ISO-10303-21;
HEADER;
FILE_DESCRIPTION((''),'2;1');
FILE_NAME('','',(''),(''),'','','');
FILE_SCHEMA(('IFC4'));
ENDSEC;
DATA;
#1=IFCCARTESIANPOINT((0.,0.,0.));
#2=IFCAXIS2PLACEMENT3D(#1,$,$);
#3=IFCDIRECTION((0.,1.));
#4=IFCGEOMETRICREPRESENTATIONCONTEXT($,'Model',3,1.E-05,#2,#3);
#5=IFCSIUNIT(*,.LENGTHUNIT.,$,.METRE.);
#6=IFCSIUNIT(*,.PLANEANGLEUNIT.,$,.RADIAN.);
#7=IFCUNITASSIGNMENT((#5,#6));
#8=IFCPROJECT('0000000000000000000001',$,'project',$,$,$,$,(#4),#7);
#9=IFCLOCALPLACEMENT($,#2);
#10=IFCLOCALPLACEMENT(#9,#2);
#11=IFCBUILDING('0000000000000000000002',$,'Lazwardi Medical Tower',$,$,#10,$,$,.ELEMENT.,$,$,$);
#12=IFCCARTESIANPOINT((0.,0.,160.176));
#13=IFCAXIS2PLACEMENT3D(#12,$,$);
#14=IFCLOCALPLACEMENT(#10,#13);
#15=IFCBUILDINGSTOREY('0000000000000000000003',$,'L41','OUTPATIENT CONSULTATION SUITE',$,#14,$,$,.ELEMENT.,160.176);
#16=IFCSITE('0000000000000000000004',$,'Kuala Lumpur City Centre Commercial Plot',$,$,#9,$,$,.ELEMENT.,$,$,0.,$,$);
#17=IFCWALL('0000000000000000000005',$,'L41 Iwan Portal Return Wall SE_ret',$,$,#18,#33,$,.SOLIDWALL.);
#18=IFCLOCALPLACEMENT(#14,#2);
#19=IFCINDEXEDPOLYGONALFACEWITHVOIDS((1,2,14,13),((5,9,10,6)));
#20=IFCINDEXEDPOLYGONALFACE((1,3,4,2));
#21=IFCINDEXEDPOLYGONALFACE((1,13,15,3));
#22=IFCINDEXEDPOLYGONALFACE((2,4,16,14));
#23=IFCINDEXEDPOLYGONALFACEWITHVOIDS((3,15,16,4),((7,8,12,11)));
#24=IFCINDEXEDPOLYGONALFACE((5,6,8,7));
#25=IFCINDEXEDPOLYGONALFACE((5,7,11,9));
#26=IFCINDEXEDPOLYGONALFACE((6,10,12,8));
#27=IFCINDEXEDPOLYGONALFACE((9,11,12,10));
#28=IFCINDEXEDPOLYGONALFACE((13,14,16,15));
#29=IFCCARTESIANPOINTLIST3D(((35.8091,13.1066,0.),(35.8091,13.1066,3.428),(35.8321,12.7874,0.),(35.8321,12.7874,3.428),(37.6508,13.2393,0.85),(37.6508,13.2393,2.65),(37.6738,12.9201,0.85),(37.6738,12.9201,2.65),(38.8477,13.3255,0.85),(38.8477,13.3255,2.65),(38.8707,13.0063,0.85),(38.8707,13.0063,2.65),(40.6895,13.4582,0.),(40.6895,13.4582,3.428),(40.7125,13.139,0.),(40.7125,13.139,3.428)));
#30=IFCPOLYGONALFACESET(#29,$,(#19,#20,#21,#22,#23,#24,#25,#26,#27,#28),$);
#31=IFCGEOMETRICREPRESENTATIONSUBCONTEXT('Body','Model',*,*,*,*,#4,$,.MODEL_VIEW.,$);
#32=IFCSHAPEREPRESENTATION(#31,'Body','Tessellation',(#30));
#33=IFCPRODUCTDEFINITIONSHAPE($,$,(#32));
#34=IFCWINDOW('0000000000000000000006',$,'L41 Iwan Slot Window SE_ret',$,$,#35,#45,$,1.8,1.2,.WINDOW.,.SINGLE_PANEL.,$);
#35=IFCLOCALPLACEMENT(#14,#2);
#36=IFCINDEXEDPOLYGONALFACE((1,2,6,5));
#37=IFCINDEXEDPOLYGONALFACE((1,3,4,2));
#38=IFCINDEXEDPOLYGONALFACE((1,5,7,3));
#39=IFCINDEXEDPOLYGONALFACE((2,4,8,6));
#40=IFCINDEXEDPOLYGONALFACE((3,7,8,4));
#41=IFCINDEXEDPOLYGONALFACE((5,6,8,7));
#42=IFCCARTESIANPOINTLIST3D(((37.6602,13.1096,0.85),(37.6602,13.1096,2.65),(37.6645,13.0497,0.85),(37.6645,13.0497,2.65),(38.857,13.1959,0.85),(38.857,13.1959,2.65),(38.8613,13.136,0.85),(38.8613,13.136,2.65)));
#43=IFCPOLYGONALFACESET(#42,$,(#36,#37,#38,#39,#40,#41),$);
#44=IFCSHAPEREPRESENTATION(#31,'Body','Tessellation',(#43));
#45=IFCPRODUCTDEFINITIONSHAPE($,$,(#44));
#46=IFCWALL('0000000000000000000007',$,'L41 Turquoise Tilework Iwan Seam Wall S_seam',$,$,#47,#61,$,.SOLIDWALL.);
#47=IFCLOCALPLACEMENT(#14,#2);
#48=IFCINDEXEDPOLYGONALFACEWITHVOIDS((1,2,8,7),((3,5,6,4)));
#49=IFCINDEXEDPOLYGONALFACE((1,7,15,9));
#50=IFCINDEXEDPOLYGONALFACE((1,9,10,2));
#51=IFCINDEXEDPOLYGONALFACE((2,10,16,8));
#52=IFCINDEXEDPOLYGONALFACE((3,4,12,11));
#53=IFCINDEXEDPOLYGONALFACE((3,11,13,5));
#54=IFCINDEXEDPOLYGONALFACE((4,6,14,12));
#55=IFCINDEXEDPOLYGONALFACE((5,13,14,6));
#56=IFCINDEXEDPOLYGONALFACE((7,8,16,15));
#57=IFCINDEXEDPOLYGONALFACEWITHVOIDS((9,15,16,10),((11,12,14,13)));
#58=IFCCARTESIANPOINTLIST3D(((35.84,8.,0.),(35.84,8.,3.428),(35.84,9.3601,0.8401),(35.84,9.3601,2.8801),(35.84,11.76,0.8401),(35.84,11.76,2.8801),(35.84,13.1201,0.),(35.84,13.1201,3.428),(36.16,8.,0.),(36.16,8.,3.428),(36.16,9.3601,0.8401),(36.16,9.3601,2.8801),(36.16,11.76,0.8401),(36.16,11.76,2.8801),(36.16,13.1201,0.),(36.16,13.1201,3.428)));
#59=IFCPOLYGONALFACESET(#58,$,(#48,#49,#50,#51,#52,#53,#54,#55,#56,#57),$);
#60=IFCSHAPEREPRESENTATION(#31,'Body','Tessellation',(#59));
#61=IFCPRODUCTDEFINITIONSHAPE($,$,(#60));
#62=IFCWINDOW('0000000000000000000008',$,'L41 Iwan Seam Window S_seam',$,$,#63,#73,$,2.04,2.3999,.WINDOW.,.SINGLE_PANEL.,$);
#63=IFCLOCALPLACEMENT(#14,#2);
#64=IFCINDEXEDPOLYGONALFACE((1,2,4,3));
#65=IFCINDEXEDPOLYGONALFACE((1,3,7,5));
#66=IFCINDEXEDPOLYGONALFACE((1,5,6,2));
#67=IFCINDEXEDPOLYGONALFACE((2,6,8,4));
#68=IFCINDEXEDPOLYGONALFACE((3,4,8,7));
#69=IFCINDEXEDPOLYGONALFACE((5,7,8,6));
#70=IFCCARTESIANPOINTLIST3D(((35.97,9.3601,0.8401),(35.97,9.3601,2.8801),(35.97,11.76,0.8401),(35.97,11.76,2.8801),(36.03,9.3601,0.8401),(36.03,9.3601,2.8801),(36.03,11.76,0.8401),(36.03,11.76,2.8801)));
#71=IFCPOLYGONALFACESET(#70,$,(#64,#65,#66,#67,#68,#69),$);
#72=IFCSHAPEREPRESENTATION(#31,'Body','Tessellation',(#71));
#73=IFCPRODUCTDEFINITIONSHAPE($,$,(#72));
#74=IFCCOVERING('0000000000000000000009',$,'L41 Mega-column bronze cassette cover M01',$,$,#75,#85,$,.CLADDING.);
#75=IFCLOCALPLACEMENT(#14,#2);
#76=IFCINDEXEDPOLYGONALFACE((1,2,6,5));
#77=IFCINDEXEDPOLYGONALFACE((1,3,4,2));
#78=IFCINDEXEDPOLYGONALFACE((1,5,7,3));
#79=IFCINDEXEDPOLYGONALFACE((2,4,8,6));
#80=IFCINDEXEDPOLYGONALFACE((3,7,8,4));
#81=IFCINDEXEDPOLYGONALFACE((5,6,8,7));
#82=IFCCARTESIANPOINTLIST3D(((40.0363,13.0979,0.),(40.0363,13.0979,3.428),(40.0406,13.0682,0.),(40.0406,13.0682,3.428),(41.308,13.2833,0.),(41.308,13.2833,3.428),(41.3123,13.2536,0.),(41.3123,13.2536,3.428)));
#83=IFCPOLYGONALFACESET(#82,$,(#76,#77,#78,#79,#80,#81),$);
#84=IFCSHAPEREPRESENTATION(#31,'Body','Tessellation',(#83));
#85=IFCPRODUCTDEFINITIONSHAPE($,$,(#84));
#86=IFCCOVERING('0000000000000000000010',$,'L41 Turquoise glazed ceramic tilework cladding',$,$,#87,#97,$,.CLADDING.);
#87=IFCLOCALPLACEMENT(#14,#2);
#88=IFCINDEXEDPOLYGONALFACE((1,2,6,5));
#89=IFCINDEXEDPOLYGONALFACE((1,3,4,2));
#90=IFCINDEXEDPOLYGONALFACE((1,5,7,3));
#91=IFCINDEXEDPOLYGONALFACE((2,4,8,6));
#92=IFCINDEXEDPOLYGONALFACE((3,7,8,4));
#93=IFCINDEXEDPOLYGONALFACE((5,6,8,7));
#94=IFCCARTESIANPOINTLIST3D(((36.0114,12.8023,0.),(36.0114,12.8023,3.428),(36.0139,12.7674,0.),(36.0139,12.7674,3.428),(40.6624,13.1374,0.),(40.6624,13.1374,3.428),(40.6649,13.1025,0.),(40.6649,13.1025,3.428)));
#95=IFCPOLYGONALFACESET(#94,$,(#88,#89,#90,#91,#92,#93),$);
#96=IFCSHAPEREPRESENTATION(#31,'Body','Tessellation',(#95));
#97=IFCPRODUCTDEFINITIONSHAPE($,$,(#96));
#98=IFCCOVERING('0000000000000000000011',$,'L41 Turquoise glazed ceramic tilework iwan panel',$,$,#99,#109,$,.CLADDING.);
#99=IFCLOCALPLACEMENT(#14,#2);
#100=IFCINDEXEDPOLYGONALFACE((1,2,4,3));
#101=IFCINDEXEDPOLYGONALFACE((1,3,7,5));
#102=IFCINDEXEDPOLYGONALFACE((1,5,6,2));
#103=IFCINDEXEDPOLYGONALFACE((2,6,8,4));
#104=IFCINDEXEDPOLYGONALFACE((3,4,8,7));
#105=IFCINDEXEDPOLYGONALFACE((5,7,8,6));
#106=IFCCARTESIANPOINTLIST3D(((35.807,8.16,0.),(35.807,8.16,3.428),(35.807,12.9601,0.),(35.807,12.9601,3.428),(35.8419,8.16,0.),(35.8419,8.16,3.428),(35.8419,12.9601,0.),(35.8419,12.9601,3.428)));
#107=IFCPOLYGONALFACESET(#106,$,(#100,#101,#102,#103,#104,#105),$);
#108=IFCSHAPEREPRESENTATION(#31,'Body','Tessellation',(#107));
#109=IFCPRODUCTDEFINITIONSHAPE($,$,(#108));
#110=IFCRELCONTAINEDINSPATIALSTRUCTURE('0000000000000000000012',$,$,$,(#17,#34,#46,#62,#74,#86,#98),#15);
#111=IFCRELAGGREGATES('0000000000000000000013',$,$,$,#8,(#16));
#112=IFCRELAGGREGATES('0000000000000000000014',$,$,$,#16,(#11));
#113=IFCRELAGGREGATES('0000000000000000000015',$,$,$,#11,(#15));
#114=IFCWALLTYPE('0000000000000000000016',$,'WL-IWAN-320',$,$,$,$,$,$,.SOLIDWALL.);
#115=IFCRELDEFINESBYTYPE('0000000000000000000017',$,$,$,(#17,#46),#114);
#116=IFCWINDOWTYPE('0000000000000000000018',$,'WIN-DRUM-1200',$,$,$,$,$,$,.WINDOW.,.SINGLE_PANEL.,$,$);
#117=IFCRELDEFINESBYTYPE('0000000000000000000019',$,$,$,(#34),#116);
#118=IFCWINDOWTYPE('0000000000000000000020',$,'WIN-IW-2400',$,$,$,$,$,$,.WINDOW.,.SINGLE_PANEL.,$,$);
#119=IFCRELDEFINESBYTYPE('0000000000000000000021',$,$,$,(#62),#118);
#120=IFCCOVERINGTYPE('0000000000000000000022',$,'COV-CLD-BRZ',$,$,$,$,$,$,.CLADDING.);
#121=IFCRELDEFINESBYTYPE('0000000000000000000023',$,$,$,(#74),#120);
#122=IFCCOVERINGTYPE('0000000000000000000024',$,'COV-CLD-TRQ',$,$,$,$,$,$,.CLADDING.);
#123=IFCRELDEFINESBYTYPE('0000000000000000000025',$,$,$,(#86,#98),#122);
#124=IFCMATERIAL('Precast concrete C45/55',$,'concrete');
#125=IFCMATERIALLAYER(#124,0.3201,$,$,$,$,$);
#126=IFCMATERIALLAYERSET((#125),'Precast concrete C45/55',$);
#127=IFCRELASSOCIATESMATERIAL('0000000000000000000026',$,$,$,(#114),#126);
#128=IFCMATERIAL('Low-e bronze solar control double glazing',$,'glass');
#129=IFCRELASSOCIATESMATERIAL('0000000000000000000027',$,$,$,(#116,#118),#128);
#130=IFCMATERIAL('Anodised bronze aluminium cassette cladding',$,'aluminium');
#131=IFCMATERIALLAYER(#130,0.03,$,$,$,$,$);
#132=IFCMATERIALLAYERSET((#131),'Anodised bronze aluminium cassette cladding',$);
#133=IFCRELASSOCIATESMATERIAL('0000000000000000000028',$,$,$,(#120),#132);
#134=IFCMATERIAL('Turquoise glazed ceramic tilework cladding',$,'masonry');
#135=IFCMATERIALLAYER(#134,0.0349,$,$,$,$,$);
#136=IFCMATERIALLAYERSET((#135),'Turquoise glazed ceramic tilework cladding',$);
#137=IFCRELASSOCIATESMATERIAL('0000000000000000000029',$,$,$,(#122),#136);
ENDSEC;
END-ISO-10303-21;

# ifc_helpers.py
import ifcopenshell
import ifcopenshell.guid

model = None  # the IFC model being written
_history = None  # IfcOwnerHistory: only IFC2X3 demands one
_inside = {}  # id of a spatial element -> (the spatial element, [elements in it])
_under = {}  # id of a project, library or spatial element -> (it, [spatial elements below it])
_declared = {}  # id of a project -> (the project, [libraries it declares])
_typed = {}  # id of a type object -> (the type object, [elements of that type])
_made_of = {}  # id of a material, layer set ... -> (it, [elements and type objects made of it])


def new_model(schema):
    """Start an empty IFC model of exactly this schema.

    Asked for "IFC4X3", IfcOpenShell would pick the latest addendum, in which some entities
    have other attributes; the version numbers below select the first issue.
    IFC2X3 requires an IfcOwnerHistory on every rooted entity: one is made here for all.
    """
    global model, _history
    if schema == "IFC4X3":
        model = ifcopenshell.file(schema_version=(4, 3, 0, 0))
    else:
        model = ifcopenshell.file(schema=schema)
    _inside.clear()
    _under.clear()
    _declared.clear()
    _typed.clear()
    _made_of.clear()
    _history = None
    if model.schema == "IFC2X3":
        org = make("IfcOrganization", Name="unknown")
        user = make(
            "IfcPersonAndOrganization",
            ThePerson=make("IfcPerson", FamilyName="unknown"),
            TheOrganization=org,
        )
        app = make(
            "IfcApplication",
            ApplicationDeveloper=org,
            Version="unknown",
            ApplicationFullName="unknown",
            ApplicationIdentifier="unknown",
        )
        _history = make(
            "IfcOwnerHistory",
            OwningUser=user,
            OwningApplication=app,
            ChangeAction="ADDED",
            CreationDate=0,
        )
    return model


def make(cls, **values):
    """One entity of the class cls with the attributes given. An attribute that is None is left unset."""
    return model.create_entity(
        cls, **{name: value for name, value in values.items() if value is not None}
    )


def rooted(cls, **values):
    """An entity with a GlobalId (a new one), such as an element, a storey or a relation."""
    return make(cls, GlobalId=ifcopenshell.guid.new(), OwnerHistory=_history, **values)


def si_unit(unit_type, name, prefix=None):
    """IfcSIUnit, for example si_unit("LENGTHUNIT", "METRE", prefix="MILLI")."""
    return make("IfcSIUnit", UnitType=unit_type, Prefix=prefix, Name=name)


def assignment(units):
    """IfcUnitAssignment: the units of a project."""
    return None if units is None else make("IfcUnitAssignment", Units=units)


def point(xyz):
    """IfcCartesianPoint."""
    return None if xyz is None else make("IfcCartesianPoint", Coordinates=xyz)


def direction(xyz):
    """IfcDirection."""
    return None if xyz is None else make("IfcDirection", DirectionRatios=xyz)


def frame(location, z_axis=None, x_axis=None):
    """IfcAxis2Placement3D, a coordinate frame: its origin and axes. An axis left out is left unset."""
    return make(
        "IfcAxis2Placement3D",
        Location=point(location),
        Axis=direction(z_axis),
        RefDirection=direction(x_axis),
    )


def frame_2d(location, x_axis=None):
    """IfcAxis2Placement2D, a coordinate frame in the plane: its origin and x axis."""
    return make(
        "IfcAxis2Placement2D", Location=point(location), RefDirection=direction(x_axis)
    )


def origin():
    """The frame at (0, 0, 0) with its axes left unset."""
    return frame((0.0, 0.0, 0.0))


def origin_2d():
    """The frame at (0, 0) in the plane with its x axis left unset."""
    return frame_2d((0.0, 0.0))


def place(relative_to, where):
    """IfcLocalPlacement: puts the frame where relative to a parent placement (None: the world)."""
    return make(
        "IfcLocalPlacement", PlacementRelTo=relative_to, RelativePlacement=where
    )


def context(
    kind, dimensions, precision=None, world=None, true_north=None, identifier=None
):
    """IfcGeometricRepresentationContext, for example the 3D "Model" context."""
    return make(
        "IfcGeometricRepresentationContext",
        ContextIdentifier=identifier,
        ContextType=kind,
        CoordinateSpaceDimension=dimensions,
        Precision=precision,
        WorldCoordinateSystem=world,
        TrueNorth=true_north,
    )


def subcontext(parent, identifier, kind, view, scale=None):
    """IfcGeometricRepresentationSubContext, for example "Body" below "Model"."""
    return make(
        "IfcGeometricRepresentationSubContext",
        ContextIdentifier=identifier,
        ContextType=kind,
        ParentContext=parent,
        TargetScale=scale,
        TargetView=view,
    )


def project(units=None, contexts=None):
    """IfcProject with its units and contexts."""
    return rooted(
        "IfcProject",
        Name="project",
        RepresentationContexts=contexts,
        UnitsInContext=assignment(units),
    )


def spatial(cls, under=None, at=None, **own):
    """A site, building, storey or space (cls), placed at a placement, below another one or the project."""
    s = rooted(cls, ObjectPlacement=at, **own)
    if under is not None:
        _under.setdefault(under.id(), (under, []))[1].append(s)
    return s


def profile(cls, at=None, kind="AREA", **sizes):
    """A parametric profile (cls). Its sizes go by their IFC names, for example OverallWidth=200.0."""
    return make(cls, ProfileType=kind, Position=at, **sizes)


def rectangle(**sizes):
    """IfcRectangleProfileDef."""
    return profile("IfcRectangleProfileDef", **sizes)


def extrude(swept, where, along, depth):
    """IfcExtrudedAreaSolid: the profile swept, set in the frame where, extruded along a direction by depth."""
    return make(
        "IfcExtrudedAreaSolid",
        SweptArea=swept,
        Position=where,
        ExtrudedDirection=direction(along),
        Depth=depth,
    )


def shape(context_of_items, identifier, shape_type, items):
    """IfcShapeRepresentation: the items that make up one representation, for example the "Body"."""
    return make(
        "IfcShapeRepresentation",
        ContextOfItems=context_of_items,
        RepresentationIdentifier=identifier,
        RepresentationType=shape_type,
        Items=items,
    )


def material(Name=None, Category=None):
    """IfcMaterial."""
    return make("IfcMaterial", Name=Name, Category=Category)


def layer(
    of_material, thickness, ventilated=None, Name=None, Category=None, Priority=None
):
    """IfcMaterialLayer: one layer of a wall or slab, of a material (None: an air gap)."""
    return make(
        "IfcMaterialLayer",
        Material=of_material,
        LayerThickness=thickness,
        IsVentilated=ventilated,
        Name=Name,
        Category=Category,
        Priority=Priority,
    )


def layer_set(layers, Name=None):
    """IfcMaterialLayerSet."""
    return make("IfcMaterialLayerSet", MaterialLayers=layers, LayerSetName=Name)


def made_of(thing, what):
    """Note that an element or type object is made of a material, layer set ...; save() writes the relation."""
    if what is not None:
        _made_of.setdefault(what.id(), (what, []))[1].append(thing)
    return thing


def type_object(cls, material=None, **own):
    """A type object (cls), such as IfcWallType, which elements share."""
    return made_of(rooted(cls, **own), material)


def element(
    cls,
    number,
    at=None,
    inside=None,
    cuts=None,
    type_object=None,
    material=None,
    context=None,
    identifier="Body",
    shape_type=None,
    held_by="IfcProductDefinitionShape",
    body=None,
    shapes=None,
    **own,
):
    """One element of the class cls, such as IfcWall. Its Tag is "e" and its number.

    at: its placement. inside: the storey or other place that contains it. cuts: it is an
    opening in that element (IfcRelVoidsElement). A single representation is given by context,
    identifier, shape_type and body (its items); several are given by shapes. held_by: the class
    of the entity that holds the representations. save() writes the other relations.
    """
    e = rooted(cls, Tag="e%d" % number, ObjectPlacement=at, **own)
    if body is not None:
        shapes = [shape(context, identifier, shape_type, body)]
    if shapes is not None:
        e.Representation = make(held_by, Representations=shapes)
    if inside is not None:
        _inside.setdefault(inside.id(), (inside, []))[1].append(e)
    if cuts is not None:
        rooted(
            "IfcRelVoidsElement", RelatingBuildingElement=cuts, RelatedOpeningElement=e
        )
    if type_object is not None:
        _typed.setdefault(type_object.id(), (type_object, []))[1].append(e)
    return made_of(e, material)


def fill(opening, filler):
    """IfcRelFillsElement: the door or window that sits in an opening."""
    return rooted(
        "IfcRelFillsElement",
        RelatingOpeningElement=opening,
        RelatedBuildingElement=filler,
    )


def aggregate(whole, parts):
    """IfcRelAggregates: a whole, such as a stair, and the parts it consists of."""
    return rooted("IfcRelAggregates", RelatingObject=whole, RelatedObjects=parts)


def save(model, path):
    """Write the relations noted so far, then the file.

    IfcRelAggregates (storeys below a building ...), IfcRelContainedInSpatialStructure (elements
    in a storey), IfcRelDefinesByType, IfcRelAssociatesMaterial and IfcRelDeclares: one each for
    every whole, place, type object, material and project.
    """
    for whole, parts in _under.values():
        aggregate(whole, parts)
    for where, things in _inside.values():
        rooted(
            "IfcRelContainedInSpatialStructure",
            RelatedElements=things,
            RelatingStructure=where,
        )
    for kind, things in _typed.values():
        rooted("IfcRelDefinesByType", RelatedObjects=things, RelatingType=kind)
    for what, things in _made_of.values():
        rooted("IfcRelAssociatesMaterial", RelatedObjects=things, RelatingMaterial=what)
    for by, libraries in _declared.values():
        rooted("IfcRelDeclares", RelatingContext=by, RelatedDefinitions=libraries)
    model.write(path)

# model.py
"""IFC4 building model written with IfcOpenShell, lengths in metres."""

from ifc_helpers import new_model, si_unit, direction, frame, frame_2d, origin, origin_2d, place, context, subcontext, project, spatial, rectangle, extrude, material, layer, layer_set, type_object, element, fill, save


model = new_model("IFC4")

# Units and contexts
model_context = context("Model", 3, precision=1e-05, world=origin(), true_north=direction((0.0, 1.0)))
body_context = subcontext(model_context, "Body", "Model", "MODEL_VIEW")
ifc_project = project(units=[si_unit("LENGTHUNIT", "METRE"), si_unit("PLANEANGLEUNIT", "RADIAN")], contexts=[model_context])

# Site, building, storey
site_placement = place(None, origin())
site = spatial("IfcSite", under=ifc_project, at=site_placement, Name="Kuala Lumpur City Centre Commercial Plot", CompositionType="ELEMENT", RefElevation=0.0)
building_placement = place(site_placement, origin())
building = spatial("IfcBuilding", under=site, at=building_placement, Name="Lazwardi Medical Tower", CompositionType="ELEMENT")
storey_placement = place(building_placement, frame((0.0, 0.0, 160.176)))
storey = spatial("IfcBuildingStorey", under=building, at=storey_placement, Name="L41", Description="OUTPATIENT CONSULTATION SUITE", CompositionType="ELEMENT", Elevation=160.176)

# Shared definitions
ifc_material_1 = material(Name="Low-e bronze solar control double glazing", Category="glass")

# Walls, openings, windows
ifc_material_2 = material(Name="Precast concrete C45/55", Category="concrete")
ifc_layer_1 = layer(ifc_material_2, 0.3201)
ifc_layer_set_1 = layer_set([ifc_layer_1], Name="Precast concrete C45/55")
wall_type = type_object("IfcWallType", Name="WL-IWAN-320", PredefinedType="SOLIDWALL", material=ifc_layer_set_1)
wall_1_placement = place(storey_placement, frame((35.8206, 12.947, 0.0), z_axis=(0.0, 0.0, 1.0), x_axis=(0.997415, 0.07185, 0.0)))
wall_1 = element("IfcWall", 1, at=wall_1_placement, inside=storey, type_object=wall_type, Name="L41 Iwan Portal Return Wall SE_ret", PredefinedType="SOLIDWALL", context=body_context, shape_type="SweptSolid", body=[
    extrude(rectangle(XDim=4.8931, YDim=0.3201, at=frame_2d((2.4465, 0.0))), origin(), (0.0, 0.0, 1.0), 3.428),
])
opening_1_placement = place(wall_1_placement, frame((1.8464, 0.0, 0.8501)))
opening_1 = element("IfcOpeningElement", 2, at=opening_1_placement, cuts=wall_1, PredefinedType="OPENING", context=body_context, shape_type="SweptSolid", body=[
    extrude(rectangle(XDim=1.2, YDim=1.8, at=frame_2d((0.6001, 0.8999))), frame((0.0, 0.1699, 0.0), z_axis=(0.0, -1.0, 0.0), x_axis=(1.0, 0.0, 0.0)), (0.0, 0.0, 1.0), 0.3401),
])
window_type_1 = type_object("IfcWindowType", Name="WIN-DRUM-1200", PartitioningType="SINGLE_PANEL", PredefinedType="WINDOW", material=ifc_material_1)
window_1_placement = place(opening_1_placement, origin())
window_1 = element("IfcWindow", 3, at=window_1_placement, inside=storey, type_object=window_type_1, Name="L41 Iwan Slot Window SE_ret", OverallHeight=1.8, OverallWidth=1.2, PartitioningType="SINGLE_PANEL", PredefinedType="WINDOW", context=body_context, shape_type="SweptSolid", body=[
    extrude(rectangle(XDim=1.2, YDim=1.8, at=frame_2d((0.6001, 0.8999))), frame((0.0, 0.03, 0.0), z_axis=(0.0, -1.0, 0.0), x_axis=(1.0, 0.0, 0.0)), (0.0, 0.0, 1.0), 0.0601),
])
fill(opening_1, window_1)
wall_2_placement = place(storey_placement, frame((36.0, 8.0, 0.0), z_axis=(0.0, 0.0, 1.0), x_axis=(0.0, 1.0, 0.0)))
wall_2 = element("IfcWall", 4, at=wall_2_placement, inside=storey, type_object=wall_type, Name="L41 Turquoise Tilework Iwan Seam Wall S_seam", PredefinedType="SOLIDWALL", context=body_context, shape_type="SweptSolid", body=[
    extrude(rectangle(XDim=5.1201, YDim=0.3201, at=frame_2d((2.5601, 0.0))), origin(), (0.0, 0.0, 1.0), 3.428),
])
opening_2_placement = place(wall_2_placement, frame((1.3601, 0.0, 0.8401)))
opening_2 = element("IfcOpeningElement", 5, at=opening_2_placement, cuts=wall_2, PredefinedType="OPENING", context=body_context, shape_type="SweptSolid", body=[
    extrude(rectangle(XDim=2.3999, YDim=2.04, at=frame_2d((1.2, 1.02))), frame((0.0, 0.1699, 0.0), z_axis=(0.0, -1.0, 0.0), x_axis=(1.0, 0.0, 0.0)), (0.0, 0.0, 1.0), 0.3401),
])
window_type_2 = type_object("IfcWindowType", Name="WIN-IW-2400", PartitioningType="SINGLE_PANEL", PredefinedType="WINDOW", material=ifc_material_1)
window_2_placement = place(opening_2_placement, origin())
window_2 = element("IfcWindow", 6, at=window_2_placement, inside=storey, type_object=window_type_2, Name="L41 Iwan Seam Window S_seam", OverallHeight=2.04, OverallWidth=2.3999, PartitioningType="SINGLE_PANEL", PredefinedType="WINDOW", context=body_context, shape_type="SweptSolid", body=[
    extrude(rectangle(XDim=2.3999, YDim=2.04, at=frame_2d((1.2, 1.02))), frame((0.0, 0.03, 0.0), z_axis=(0.0, -1.0, 0.0), x_axis=(1.0, 0.0, 0.0)), (0.0, 0.0, 1.0), 0.0601),
])
fill(opening_2, window_2)

# Coverings
ifc_material_3 = material(Name="Anodised bronze aluminium cassette cladding", Category="aluminium")
ifc_layer_2 = layer(ifc_material_3, 0.03)
ifc_layer_set_2 = layer_set([ifc_layer_2], Name="Anodised bronze aluminium cassette cladding")
covering_type_1 = type_object("IfcCoveringType", Name="COV-CLD-BRZ", PredefinedType="CLADDING", material=ifc_layer_set_2)
covering_1_placement = place(storey_placement, frame((40.6743, 13.1758, 0.0), z_axis=(0.0, 0.0, 1.0), x_axis=(0.989539, 0.144265, 0.0)))
element("IfcCovering", 7, at=covering_1_placement, inside=storey, type_object=covering_type_1, Name="L41 Mega-column bronze cassette cover M01", PredefinedType="CLADDING", context=body_context, shape_type="SweptSolid", body=[
    extrude(rectangle(XDim=1.2852, YDim=0.03, at=origin_2d()), origin(), (0.0, 0.0, 1.0), 3.428),
])
ifc_material_4 = material(Name="Turquoise glazed ceramic tilework cladding", Category="masonry")
ifc_layer_3 = layer(ifc_material_4, 0.0349)
ifc_layer_set_3 = layer_set([ifc_layer_3], Name="Turquoise glazed ceramic tilework cladding")
covering_type_2 = type_object("IfcCoveringType", Name="COV-CLD-TRQ", PredefinedType="CLADDING", material=ifc_layer_set_3)
covering_2_placement = place(storey_placement, frame((38.3381, 12.9524, 0.0), z_axis=(0.0, 0.0, 1.0), x_axis=(0.997415, 0.071863, 0.0)))
element("IfcCovering", 8, at=covering_2_placement, inside=storey, type_object=covering_type_2, Name="L41 Turquoise glazed ceramic tilework cladding", PredefinedType="CLADDING", context=body_context, shape_type="SweptSolid", body=[
    extrude(rectangle(XDim=4.6631, YDim=0.0349, at=origin_2d()), origin(), (0.0, 0.0, 1.0), 3.428),
])
covering_3_placement = place(storey_placement, frame((35.8245, 10.5601, 0.0), z_axis=(0.0, 0.0, 1.0), x_axis=(0.0, 1.0, 0.0)))
element("IfcCovering", 9, at=covering_3_placement, inside=storey, type_object=covering_type_2, Name="L41 Turquoise glazed ceramic tilework iwan panel", PredefinedType="CLADDING", context=body_context, shape_type="SweptSolid", body=[
    extrude(rectangle(XDim=4.8, YDim=0.0349, at=origin_2d()), origin(), (0.0, 0.0, 1.0), 3.428),
])

save(model, "model.ifc")
